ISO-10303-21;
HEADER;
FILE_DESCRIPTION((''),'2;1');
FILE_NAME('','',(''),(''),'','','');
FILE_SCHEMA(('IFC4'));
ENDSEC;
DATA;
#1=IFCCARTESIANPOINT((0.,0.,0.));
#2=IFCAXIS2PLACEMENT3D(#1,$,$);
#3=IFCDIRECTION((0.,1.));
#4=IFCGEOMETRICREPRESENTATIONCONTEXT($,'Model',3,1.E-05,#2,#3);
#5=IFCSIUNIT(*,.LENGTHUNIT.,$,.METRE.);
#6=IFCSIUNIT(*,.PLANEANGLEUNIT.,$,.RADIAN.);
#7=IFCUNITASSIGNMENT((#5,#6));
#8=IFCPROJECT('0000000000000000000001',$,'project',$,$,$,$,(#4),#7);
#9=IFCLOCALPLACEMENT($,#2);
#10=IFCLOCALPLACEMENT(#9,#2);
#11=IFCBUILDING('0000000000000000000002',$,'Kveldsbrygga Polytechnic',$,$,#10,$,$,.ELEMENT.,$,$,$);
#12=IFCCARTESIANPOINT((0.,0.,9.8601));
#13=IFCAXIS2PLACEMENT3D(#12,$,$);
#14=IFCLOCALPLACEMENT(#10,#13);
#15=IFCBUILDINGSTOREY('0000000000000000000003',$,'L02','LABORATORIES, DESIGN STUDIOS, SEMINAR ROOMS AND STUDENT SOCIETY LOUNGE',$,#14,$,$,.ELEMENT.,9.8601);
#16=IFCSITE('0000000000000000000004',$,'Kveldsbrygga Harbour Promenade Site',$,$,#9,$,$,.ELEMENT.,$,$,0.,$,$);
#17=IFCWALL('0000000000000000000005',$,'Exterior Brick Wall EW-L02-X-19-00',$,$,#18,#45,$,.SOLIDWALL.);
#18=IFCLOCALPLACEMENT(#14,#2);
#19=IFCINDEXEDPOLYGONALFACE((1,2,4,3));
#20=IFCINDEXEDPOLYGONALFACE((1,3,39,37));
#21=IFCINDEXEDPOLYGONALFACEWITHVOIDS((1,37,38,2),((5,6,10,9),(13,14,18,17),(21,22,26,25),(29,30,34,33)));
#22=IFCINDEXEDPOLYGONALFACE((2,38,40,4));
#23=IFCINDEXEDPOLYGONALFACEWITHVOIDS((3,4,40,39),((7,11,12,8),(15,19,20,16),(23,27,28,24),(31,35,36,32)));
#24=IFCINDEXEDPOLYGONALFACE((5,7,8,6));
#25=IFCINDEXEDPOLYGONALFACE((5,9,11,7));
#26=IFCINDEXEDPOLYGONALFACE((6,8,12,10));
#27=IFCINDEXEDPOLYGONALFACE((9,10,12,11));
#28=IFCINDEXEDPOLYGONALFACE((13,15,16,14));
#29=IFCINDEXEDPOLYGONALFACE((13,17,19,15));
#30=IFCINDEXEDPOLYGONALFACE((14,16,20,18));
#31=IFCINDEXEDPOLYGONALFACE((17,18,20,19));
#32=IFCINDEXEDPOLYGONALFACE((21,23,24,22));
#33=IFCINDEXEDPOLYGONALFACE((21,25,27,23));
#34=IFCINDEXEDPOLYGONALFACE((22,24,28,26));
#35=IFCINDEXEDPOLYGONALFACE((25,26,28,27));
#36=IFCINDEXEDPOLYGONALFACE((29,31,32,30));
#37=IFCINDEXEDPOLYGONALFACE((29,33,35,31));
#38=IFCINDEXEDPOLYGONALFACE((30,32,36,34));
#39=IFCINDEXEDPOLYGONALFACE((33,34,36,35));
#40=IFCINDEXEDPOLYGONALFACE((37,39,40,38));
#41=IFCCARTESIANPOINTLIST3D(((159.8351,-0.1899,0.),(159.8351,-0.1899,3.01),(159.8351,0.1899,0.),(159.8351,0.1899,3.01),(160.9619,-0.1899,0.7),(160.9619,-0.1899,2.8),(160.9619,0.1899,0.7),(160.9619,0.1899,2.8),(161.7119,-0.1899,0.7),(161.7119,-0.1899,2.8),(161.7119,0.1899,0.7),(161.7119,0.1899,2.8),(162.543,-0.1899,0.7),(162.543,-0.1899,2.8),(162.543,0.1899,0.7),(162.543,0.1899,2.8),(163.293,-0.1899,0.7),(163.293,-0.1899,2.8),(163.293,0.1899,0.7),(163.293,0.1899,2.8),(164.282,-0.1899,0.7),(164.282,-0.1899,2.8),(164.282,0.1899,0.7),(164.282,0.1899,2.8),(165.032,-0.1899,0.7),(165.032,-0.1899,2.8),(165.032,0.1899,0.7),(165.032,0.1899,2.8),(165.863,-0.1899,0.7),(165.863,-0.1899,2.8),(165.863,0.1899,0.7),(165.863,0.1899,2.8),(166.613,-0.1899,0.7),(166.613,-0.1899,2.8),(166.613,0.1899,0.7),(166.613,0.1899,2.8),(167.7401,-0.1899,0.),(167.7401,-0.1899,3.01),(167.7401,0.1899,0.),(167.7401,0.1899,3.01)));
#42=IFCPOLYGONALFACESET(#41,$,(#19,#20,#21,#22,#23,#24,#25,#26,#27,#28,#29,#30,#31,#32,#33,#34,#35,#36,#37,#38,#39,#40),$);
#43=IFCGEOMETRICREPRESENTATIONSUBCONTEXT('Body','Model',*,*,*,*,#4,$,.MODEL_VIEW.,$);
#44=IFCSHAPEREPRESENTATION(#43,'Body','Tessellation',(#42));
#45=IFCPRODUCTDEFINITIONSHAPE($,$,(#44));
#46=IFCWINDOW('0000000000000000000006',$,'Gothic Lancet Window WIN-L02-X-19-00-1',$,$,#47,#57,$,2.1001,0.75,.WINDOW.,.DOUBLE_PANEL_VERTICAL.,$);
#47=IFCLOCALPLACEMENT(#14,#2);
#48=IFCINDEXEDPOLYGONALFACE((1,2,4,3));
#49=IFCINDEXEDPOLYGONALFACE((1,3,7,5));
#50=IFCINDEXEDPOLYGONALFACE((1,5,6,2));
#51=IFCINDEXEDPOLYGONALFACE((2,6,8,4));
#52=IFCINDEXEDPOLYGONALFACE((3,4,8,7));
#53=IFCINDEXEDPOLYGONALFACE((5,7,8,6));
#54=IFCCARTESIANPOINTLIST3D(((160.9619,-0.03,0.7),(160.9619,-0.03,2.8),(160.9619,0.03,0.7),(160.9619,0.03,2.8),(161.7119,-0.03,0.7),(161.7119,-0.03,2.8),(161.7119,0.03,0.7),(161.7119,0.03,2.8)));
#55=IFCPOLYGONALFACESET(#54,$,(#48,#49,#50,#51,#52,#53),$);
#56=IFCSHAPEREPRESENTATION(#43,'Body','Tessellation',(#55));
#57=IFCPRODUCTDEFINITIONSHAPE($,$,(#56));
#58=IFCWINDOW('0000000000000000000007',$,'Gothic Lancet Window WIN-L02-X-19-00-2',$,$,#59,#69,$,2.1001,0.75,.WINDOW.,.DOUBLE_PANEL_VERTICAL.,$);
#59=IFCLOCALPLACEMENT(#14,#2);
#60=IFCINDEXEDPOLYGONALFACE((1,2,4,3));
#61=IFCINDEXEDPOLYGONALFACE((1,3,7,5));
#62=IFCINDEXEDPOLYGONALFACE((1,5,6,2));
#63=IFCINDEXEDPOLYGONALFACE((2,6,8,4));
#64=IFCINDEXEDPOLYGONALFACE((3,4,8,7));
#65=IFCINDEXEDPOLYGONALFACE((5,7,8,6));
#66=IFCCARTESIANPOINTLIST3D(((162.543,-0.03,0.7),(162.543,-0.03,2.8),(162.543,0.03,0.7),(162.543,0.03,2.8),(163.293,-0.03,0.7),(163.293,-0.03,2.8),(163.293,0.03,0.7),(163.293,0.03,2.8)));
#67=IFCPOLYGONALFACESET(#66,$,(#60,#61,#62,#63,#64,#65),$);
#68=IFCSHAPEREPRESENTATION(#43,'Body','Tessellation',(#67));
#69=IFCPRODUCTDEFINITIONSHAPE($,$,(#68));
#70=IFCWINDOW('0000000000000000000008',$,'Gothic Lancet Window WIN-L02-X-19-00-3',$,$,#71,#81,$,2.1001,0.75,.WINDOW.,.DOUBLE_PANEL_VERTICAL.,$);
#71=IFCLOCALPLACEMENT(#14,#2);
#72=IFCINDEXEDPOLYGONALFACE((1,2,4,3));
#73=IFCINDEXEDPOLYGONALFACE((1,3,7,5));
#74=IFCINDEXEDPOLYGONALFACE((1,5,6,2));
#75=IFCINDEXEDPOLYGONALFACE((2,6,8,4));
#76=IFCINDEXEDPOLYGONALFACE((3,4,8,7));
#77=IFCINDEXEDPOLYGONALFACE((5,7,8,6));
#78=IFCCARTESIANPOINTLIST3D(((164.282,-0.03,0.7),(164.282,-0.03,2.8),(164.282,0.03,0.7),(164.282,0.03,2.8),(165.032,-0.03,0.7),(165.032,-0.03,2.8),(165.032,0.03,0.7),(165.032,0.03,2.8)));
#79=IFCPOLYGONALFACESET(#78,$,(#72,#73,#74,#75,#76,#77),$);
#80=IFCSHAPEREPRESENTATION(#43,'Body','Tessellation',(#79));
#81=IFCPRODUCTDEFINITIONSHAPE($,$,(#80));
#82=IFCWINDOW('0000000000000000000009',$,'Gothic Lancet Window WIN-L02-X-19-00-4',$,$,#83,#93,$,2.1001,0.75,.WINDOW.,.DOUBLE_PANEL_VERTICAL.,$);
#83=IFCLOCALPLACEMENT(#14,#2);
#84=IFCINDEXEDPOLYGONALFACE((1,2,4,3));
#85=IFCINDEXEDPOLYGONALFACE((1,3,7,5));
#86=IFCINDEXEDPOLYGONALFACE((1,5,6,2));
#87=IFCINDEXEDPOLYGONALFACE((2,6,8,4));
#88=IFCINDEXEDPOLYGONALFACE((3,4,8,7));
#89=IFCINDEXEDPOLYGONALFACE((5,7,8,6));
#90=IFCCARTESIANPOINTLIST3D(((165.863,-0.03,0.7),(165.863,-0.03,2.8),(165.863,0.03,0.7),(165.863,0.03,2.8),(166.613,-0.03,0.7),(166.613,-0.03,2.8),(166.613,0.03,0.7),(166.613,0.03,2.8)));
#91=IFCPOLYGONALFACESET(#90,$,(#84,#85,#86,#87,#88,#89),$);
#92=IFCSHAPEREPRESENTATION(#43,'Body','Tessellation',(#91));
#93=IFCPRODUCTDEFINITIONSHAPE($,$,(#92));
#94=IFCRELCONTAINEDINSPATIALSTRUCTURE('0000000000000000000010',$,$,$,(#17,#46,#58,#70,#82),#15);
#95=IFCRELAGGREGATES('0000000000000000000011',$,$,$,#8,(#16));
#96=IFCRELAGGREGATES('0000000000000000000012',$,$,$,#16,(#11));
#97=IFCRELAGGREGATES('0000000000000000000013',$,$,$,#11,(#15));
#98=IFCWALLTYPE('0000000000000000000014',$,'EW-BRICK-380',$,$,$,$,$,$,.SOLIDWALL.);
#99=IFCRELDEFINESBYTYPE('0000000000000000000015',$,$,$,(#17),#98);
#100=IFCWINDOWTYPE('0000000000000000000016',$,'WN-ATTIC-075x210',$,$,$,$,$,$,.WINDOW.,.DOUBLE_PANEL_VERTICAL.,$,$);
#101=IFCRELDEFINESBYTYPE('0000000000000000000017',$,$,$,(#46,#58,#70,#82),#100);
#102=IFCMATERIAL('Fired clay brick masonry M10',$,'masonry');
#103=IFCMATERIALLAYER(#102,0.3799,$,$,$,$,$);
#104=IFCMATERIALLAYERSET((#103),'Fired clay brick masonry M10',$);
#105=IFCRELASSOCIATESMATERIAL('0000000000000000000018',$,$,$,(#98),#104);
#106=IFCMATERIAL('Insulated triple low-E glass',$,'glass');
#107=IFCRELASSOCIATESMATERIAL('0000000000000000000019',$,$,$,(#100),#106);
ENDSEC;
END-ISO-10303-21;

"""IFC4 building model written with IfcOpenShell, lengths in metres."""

from ifc_helpers import new_model, si_unit, direction, frame, frame_2d, origin, place, context, subcontext, project, spatial, rectangle, extrude, material, layer, layer_set, type_object, element, fill, save


model = new_model("IFC4")

# Units and contexts
model_context = context("Model", 3, precision=1e-05, world=origin(), true_north=direction((0.0, 1.0)))
body_context = subcontext(model_context, "Body", "Model", "MODEL_VIEW")
ifc_project = project(units=[si_unit("LENGTHUNIT", "METRE"), si_unit("PLANEANGLEUNIT", "RADIAN")], contexts=[model_context])

# Site, building, storey
site_placement = place(None, origin())
site = spatial("IfcSite", under=ifc_project, at=site_placement, Name="Kveldsbrygga Harbour Promenade Site", CompositionType="ELEMENT", RefElevation=0.0)
building_placement = place(site_placement, origin())
building = spatial("IfcBuilding", under=site, at=building_placement, Name="Kveldsbrygga Polytechnic", CompositionType="ELEMENT")
storey_placement = place(building_placement, frame((0.0, 0.0, 9.8601)))
storey = spatial("IfcBuildingStorey", under=building, at=storey_placement, Name="L02", Description="LABORATORIES, DESIGN STUDIOS, SEMINAR ROOMS AND STUDENT SOCIETY LOUNGE", CompositionType="ELEMENT", Elevation=9.8601)

# Shared definitions
ifc_material_1 = material(Name="Insulated triple low-E glass", Category="glass")

# Wall, openings, windows
ifc_material_2 = material(Name="Fired clay brick masonry M10", Category="masonry")
ifc_layer_1 = layer(ifc_material_2, 0.3799)
ifc_layer_set_1 = layer_set([ifc_layer_1], Name="Fired clay brick masonry M10")
wall_type_1 = type_object("IfcWallType", Name="EW-BRICK-380", PredefinedType="SOLIDWALL", material=ifc_layer_set_1)
wall_1_placement = place(storey_placement, frame((159.835, 0.0, 0.0), z_axis=(0.0, 0.0, 1.0), x_axis=(1.0, 0.0, 0.0)))
wall_1 = element("IfcWall", 1, at=wall_1_placement, inside=storey, type_object=wall_type_1, Name="Exterior Brick Wall EW-L02-X-19-00", PredefinedType="SOLIDWALL", context=body_context, shape_type="SweptSolid", body=[
    extrude(rectangle(XDim=7.905, YDim=0.3799, at=frame_2d((3.9526, 0.0))), origin(), (0.0, 0.0, 1.0), 3.01),
])
opening_1_placement = place(wall_1_placement, frame((1.127, 0.0, 0.7)))
opening_1 = element("IfcOpeningElement", 2, at=opening_1_placement, cuts=wall_1, PredefinedType="OPENING", context=body_context, shape_type="SweptSolid", body=[
    extrude(rectangle(XDim=0.75, YDim=2.1001, at=frame_2d((0.375, 1.05))), frame((0.0, 0.2, 0.0), z_axis=(0.0, -1.0, 0.0), x_axis=(1.0, 0.0, 0.0)), (0.0, 0.0, 1.0), 0.3999),
])
opening_2_placement = place(wall_1_placement, frame((2.708, 0.0, 0.7)))
opening_2 = element("IfcOpeningElement", 3, at=opening_2_placement, cuts=wall_1, PredefinedType="OPENING", context=body_context, shape_type="SweptSolid", body=[
    extrude(rectangle(XDim=0.75, YDim=2.1001, at=frame_2d((0.375, 1.05))), frame((0.0, 0.2, 0.0), z_axis=(0.0, -1.0, 0.0), x_axis=(1.0, 0.0, 0.0)), (0.0, 0.0, 1.0), 0.3999),
])
opening_3_placement = place(wall_1_placement, frame((4.447, 0.0, 0.7)))
opening_3 = element("IfcOpeningElement", 4, at=opening_3_placement, cuts=wall_1, PredefinedType="OPENING", context=body_context, shape_type="SweptSolid", body=[
    extrude(rectangle(XDim=0.75, YDim=2.1001, at=frame_2d((0.375, 1.05))), frame((0.0, 0.2, 0.0), z_axis=(0.0, -1.0, 0.0), x_axis=(1.0, 0.0, 0.0)), (0.0, 0.0, 1.0), 0.3999),
])
opening_4_placement = place(wall_1_placement, frame((6.0281, 0.0, 0.7)))
opening_4 = element("IfcOpeningElement", 5, at=opening_4_placement, cuts=wall_1, PredefinedType="OPENING", context=body_context, shape_type="SweptSolid", body=[
    extrude(rectangle(XDim=0.75, YDim=2.1001, at=frame_2d((0.375, 1.05))), frame((0.0, 0.2, 0.0), z_axis=(0.0, -1.0, 0.0), x_axis=(1.0, 0.0, 0.0)), (0.0, 0.0, 1.0), 0.3999),
])
window_type = type_object("IfcWindowType", Name="WN-ATTIC-075x210", PartitioningType="DOUBLE_PANEL_VERTICAL", PredefinedType="WINDOW", material=ifc_material_1)
window_1_placement = place(opening_1_placement, origin())
window_1 = element("IfcWindow", 6, at=window_1_placement, inside=storey, type_object=window_type, Name="Gothic Lancet Window WIN-L02-X-19-00-1", OverallHeight=2.1001, OverallWidth=0.75, PartitioningType="DOUBLE_PANEL_VERTICAL", PredefinedType="WINDOW", context=body_context, shape_type="SweptSolid", body=[
    extrude(rectangle(XDim=0.75, YDim=2.1001, at=frame_2d((0.375, 1.05))), frame((0.0, 0.03, 0.0), z_axis=(0.0, -1.0, 0.0), x_axis=(1.0, 0.0, 0.0)), (0.0, 0.0, 1.0), 0.0601),
])
fill(opening_1, window_1)
window_2_placement = place(opening_2_placement, origin())
window_2 = element("IfcWindow", 7, at=window_2_placement, inside=storey, type_object=window_type, Name="Gothic Lancet Window WIN-L02-X-19-00-2", OverallHeight=2.1001, OverallWidth=0.75, PartitioningType="DOUBLE_PANEL_VERTICAL", PredefinedType="WINDOW", context=body_context, shape_type="SweptSolid", body=[
    extrude(rectangle(XDim=0.75, YDim=2.1001, at=frame_2d((0.375, 1.05))), frame((0.0, 0.03, 0.0), z_axis=(0.0, -1.0, 0.0), x_axis=(1.0, 0.0, 0.0)), (0.0, 0.0, 1.0), 0.0601),
])
fill(opening_2, window_2)
window_3_placement = place(opening_3_placement, origin())
window_3 = element("IfcWindow", 8, at=window_3_placement, inside=storey, type_object=window_type, Name="Gothic Lancet Window WIN-L02-X-19-00-3", OverallHeight=2.1001, OverallWidth=0.75, PartitioningType="DOUBLE_PANEL_VERTICAL", PredefinedType="WINDOW", context=body_context, shape_type="SweptSolid", body=[
    extrude(rectangle(XDim=0.75, YDim=2.1001, at=frame_2d((0.375, 1.05))), frame((0.0, 0.03, 0.0), z_axis=(0.0, -1.0, 0.0), x_axis=(1.0, 0.0, 0.0)), (0.0, 0.0, 1.0), 0.0601),
])
fill(opening_3, window_3)
window_4_placement = place(opening_4_placement, origin())
window_4 = element("IfcWindow", 9, at=window_4_placement, inside=storey, type_object=window_type, Name="Gothic Lancet Window WIN-L02-X-19-00-4", OverallHeight=2.1001, OverallWidth=0.75, PartitioningType="DOUBLE_PANEL_VERTICAL", PredefinedType="WINDOW", context=body_context, shape_type="SweptSolid", body=[
    extrude(rectangle(XDim=0.75, YDim=2.1001, at=frame_2d((0.375, 1.05))), frame((0.0, 0.03, 0.0), z_axis=(0.0, -1.0, 0.0), x_axis=(1.0, 0.0, 0.0)), (0.0, 0.0, 1.0), 0.0601),
])
fill(opening_4, window_4)

save(model, "model.ifc")
